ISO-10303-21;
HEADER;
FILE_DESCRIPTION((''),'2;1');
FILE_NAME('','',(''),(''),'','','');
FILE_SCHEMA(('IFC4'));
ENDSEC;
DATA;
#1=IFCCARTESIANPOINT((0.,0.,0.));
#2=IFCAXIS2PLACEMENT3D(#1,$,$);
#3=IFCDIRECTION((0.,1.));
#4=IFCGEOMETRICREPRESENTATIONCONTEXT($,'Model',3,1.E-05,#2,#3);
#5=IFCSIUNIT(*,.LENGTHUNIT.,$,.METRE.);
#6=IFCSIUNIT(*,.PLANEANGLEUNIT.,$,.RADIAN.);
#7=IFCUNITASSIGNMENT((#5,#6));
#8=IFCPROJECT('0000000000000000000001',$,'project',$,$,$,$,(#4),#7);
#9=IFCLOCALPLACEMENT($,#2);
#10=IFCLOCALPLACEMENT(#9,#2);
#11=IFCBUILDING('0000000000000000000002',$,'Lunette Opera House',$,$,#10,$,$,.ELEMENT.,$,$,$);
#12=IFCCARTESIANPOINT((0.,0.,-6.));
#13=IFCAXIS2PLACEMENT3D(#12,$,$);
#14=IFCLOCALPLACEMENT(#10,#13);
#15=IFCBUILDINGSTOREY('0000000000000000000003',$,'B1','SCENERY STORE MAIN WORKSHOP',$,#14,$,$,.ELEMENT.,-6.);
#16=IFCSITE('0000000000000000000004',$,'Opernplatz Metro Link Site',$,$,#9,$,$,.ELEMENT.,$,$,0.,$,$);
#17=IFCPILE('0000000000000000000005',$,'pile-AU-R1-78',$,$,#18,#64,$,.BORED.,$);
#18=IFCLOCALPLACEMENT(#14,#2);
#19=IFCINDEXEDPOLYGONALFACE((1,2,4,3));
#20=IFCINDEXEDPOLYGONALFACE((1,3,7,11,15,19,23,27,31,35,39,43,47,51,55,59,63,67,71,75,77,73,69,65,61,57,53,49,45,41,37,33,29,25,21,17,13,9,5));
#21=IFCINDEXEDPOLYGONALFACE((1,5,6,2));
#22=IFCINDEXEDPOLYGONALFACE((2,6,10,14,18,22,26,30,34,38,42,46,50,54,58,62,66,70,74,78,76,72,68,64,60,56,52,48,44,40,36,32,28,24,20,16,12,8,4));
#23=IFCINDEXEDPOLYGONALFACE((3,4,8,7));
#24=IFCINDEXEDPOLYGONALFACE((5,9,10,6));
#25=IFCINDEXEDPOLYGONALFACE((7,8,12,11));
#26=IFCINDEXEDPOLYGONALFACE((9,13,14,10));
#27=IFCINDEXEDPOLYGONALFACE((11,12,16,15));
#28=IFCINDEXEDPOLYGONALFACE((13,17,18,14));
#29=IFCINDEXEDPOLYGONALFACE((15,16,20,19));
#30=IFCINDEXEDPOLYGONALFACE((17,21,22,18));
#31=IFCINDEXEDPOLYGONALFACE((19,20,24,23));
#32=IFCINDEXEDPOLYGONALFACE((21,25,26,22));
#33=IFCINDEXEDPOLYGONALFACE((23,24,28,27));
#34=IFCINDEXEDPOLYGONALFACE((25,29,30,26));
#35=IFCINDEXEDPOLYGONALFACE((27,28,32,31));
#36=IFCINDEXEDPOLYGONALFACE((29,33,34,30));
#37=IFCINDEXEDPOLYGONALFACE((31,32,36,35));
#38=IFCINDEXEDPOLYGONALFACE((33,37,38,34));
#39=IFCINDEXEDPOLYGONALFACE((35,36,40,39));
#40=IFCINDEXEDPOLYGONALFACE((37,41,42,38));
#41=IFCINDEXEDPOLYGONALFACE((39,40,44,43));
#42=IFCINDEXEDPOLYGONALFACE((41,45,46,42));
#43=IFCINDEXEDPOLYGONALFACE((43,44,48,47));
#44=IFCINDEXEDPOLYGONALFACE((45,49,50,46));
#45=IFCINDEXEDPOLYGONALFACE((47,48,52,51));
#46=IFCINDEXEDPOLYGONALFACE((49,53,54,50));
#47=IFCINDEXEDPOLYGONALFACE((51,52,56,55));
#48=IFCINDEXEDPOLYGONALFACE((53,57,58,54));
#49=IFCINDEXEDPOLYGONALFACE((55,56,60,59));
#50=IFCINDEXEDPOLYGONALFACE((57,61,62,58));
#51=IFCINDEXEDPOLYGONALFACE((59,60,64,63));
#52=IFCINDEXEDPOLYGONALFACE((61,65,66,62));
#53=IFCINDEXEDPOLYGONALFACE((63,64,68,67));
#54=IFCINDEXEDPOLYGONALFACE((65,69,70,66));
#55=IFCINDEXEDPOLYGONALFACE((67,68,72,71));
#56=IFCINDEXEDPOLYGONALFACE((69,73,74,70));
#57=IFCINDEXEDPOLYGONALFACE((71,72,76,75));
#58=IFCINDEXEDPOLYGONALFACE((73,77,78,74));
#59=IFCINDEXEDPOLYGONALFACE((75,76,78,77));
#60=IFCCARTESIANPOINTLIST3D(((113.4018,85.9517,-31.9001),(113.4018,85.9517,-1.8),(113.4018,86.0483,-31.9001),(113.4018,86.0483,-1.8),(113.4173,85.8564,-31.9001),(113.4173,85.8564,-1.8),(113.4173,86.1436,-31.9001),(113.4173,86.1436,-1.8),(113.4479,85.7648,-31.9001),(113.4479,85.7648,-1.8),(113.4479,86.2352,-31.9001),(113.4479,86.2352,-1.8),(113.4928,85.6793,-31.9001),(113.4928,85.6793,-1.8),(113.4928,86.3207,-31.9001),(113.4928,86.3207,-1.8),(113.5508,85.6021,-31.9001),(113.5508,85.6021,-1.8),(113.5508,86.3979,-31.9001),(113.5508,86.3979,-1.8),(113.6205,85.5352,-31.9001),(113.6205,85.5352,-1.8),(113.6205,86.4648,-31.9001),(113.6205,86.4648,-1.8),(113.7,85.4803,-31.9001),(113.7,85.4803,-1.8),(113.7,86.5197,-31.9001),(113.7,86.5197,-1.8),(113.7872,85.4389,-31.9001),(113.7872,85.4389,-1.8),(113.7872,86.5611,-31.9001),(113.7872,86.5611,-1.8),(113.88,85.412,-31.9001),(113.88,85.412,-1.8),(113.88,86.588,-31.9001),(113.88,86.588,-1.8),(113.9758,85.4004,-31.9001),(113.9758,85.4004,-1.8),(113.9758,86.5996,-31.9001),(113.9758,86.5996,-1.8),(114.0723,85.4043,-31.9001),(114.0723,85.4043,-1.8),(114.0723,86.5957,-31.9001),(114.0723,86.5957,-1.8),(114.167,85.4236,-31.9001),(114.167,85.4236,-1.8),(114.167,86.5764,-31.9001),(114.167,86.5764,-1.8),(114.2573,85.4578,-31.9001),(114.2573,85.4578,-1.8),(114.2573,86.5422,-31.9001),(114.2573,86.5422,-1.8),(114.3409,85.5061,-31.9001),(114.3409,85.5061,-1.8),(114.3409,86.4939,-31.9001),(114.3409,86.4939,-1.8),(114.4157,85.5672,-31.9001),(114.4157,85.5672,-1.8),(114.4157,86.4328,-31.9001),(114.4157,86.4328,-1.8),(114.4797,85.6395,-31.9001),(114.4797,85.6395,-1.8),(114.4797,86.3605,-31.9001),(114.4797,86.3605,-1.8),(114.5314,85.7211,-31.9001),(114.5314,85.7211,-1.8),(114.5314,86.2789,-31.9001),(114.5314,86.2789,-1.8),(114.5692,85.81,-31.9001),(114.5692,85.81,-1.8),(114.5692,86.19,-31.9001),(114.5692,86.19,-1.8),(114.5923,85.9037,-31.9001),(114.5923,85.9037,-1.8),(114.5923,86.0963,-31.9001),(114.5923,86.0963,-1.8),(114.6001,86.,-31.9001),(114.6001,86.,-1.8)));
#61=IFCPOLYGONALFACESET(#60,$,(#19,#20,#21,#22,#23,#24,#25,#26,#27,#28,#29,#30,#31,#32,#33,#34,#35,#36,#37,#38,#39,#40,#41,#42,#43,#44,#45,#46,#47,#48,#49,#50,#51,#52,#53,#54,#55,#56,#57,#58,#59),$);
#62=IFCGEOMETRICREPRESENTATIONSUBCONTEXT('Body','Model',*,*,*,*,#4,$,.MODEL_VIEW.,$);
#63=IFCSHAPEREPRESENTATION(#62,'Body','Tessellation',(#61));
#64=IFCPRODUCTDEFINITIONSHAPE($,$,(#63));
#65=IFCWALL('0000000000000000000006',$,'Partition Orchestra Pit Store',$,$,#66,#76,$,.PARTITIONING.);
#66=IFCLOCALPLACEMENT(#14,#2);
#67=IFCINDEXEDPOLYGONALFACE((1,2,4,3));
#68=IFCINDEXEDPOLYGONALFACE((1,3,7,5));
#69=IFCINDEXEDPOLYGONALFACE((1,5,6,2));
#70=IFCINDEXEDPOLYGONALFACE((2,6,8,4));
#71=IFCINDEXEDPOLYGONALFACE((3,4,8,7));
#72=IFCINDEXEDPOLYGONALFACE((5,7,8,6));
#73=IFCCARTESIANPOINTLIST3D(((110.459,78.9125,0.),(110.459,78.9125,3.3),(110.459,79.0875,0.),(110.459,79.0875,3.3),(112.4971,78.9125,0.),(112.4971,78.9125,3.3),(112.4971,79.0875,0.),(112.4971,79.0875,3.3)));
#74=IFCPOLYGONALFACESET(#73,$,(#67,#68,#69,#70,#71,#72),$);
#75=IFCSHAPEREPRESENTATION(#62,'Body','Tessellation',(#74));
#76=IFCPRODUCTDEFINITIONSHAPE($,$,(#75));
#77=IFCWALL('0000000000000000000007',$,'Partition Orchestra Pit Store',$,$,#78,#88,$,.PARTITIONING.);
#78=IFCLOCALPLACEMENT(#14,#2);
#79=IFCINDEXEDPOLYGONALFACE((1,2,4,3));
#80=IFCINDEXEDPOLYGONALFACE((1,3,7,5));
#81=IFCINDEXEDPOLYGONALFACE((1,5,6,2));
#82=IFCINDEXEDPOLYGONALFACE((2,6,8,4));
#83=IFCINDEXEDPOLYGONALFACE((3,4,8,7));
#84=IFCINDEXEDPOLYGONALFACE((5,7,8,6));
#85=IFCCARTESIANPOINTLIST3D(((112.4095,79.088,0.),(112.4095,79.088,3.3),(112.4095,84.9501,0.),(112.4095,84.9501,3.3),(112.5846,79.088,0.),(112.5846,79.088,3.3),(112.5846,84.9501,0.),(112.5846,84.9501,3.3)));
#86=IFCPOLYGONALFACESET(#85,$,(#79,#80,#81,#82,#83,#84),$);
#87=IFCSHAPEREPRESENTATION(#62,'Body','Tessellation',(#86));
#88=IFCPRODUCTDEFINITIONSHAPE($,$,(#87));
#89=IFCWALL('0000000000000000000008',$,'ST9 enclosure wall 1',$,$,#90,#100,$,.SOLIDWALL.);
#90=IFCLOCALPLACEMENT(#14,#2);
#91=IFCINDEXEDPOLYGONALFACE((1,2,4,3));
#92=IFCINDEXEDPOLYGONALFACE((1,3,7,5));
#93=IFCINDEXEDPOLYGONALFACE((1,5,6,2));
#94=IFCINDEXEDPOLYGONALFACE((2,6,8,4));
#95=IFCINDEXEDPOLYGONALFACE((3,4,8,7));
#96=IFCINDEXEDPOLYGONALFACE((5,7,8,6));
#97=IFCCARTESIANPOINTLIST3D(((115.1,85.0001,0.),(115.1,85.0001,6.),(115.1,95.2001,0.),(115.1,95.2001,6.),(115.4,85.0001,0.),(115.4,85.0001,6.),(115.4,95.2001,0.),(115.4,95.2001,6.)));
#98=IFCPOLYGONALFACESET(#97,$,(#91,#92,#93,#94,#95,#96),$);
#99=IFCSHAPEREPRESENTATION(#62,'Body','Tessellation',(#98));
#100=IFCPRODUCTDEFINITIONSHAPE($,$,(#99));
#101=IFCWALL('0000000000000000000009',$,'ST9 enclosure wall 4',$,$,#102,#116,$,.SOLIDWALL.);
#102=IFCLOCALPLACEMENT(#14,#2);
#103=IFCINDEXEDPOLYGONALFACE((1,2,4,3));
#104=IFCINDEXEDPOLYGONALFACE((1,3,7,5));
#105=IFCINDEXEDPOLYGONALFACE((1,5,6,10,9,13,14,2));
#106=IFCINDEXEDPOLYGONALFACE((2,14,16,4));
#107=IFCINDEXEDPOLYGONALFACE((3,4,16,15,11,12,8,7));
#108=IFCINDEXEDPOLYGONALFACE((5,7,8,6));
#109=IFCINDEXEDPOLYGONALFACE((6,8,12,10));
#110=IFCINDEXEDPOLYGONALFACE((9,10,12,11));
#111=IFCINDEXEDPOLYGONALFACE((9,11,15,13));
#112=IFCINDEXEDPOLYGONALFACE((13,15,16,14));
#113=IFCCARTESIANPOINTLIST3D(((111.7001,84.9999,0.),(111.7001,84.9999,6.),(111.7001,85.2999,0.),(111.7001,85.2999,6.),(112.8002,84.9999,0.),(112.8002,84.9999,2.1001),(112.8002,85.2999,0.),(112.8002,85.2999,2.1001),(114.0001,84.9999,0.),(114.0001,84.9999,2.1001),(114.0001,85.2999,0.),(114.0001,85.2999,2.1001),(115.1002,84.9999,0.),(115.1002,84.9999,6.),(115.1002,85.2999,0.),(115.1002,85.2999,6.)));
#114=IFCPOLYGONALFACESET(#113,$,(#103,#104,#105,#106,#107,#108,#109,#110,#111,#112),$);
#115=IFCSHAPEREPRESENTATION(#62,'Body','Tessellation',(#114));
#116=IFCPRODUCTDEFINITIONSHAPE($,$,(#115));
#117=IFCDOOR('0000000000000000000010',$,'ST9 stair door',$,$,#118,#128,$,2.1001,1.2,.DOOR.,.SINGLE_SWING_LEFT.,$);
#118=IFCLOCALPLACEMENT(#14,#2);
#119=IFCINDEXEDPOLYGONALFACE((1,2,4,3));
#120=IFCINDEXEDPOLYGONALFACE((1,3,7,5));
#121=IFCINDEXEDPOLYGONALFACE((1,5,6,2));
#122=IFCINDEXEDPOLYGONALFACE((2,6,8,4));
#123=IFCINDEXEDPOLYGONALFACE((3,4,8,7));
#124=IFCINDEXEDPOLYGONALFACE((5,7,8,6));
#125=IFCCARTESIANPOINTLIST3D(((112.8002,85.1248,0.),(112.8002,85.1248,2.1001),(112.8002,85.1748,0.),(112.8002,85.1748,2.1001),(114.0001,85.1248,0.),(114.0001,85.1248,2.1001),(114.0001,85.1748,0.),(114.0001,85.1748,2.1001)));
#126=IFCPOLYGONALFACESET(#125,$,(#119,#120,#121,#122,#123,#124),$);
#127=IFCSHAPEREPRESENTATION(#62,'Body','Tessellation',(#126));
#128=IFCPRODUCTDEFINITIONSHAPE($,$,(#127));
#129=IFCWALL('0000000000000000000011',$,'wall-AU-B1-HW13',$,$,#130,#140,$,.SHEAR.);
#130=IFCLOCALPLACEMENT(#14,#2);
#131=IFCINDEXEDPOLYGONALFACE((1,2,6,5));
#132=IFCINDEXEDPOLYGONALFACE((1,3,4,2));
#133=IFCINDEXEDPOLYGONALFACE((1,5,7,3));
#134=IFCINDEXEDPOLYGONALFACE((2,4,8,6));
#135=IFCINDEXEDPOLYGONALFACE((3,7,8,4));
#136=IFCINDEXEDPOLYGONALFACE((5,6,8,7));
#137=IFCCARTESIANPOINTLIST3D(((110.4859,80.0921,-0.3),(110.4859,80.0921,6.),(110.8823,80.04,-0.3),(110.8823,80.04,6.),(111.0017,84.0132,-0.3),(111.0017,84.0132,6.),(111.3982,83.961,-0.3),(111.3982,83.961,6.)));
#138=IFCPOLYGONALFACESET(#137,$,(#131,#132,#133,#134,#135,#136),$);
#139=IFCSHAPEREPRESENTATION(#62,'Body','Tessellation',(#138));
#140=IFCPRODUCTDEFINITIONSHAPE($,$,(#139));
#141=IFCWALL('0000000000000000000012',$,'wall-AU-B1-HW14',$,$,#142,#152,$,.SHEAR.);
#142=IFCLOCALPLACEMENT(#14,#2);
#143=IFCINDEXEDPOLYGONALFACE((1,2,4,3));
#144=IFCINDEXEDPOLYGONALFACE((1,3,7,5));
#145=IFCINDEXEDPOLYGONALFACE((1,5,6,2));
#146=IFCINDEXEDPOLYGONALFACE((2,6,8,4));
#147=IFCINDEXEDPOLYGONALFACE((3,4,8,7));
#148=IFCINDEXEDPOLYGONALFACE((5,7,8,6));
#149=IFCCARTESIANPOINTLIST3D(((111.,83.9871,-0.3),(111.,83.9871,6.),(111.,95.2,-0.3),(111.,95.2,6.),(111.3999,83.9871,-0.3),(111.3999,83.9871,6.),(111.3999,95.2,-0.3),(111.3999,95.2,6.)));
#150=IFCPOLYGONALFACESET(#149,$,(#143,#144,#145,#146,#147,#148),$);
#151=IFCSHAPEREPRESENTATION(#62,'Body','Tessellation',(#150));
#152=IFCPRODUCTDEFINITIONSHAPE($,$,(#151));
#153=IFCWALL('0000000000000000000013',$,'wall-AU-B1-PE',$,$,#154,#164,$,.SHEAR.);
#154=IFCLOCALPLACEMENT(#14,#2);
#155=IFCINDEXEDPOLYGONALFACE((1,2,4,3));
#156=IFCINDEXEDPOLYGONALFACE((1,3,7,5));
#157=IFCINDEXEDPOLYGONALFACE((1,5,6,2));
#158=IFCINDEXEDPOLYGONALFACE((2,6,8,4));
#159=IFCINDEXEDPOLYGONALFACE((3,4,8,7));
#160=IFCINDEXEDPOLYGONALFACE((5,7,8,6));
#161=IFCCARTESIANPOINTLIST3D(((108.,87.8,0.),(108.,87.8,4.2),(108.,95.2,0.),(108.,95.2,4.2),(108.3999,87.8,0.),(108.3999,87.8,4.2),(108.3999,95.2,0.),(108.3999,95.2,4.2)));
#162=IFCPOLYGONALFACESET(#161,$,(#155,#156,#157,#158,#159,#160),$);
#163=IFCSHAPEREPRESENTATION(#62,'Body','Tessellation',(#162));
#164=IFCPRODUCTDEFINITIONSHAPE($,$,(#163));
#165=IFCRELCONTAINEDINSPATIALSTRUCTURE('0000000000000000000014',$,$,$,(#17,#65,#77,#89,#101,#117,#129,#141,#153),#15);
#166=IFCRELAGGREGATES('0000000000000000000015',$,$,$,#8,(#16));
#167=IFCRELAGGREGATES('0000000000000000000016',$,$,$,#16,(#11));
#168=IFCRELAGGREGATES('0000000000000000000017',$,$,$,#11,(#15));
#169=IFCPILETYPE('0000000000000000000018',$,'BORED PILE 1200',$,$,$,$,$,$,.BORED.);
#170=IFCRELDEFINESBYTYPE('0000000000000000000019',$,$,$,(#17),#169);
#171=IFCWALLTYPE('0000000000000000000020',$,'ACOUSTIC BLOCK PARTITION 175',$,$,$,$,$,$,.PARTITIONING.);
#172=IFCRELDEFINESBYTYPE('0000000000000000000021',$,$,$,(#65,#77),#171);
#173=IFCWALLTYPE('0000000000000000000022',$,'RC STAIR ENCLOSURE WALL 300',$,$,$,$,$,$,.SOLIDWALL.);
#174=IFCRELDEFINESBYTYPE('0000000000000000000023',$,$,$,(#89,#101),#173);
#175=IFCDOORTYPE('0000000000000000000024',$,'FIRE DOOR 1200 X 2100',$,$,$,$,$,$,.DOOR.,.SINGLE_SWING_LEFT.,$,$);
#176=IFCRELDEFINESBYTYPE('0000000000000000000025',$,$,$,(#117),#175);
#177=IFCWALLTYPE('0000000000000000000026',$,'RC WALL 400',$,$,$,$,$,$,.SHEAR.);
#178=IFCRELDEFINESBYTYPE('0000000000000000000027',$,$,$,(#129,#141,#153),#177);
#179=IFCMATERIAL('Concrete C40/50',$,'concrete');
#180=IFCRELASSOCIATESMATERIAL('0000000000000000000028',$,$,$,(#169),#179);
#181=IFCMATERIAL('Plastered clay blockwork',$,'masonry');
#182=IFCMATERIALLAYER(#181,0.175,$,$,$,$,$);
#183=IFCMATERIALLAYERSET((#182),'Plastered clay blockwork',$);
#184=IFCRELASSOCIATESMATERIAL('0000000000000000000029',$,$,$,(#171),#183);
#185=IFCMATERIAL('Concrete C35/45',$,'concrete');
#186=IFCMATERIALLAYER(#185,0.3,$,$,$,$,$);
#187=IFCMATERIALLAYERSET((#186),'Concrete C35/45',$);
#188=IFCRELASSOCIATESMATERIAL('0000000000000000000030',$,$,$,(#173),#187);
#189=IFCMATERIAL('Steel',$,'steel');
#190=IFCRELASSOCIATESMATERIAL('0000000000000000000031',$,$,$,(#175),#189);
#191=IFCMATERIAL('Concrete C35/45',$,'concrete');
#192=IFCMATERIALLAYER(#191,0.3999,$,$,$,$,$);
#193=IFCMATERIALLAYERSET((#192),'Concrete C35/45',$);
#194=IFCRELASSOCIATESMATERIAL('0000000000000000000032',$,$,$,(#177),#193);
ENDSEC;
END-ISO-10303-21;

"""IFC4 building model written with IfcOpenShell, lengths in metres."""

from ifc_helpers import new_model, si_unit, direction, frame, frame_2d, origin, origin_2d, place, context, subcontext, project, spatial, rectangle, circle, extrude, material, layer, layer_set, material_profile, profile_set, type_object, element, fill, save


model = new_model("IFC4")

# Units and contexts
model_context = context("Model", 3, precision=1e-05, world=origin(), true_north=direction((0.0, 1.0)))
body_context = subcontext(model_context, "Body", "Model", "MODEL_VIEW")
ifc_project = project(units=[si_unit("LENGTHUNIT", "METRE"), si_unit("PLANEANGLEUNIT", "RADIAN")], contexts=[model_context])

# Site, building, storey
site_placement = place(None, origin())
site = spatial("IfcSite", under=ifc_project, at=site_placement, Name="Opernplatz Metro Link Site", CompositionType="ELEMENT", RefElevation=0.0)
building_placement = place(site_placement, origin())
building = spatial("IfcBuilding", under=site, at=building_placement, Name="Lunette Opera House", CompositionType="ELEMENT")
storey_placement = place(building_placement, frame((0.0, 0.0, -6.0)))
storey = spatial("IfcBuildingStorey", under=building, at=storey_placement, Name="B1", Description="SCENERY STORE MAIN WORKSHOP", CompositionType="ELEMENT", Elevation=-6.0)

# Pile
ifc_material_1 = material(Name="Concrete C40/50", Category="concrete")
ifc_material_profile = material_profile(ifc_material_1, circle(Radius=0.6001, at=origin_2d()), Name="BORED PILE 1200")
ifc_profile_set = profile_set([ifc_material_profile], Name="Concrete C40/50")
pile_type = type_object("IfcPileType", Name="BORED PILE 1200", PredefinedType="BORED", material=ifc_profile_set)
for number, where, z_axis, x_axis, name in (
    (1, (114.0, 86.0, -1.8), (0.0, 0.0, -1.0), (1.0, 0.0, 0.0), "pile-AU-R1-78"),
):
    element("IfcPile", number, at=place(storey_placement, frame(where, z_axis=z_axis, x_axis=x_axis)), inside=storey, type_object=pile_type, Name=name, PredefinedType="BORED", context=body_context, shape_type="SweptSolid", body=[
        extrude(circle(Radius=0.6001, at=origin_2d()), origin(), (0.0, 0.0, 1.0), 30.1001),
    ])

# Walls
ifc_material_2 = material(Name="Plastered clay blockwork", Category="masonry")
ifc_layer_1 = layer(ifc_material_2, 0.175)
ifc_layer_set_1 = layer_set([ifc_layer_1], Name="Plastered clay blockwork")
wall_type_1 = type_object("IfcWallType", Name="ACOUSTIC BLOCK PARTITION 175", PredefinedType="PARTITIONING", material=ifc_layer_set_1)
wall_1_placement = place(storey_placement, frame((110.459, 79.0, 0.0), z_axis=(0.0, 0.0, 1.0), x_axis=(1.0, 0.0, 0.0)))
element("IfcWall", 2, at=wall_1_placement, inside=storey, type_object=wall_type_1, Name="Partition Orchestra Pit Store", PredefinedType="PARTITIONING", context=body_context, shape_type="SweptSolid", body=[
    extrude(rectangle(XDim=2.0381, YDim=0.175, at=frame_2d((1.019, 0.0))), origin(), (0.0, 0.0, 1.0), 3.3),
])
wall_2_placement = place(storey_placement, frame((112.4971, 79.0879, 0.0), z_axis=(0.0, 0.0, 1.0), x_axis=(0.0, 1.0, 0.0)))
element("IfcWall", 3, at=wall_2_placement, inside=storey, type_object=wall_type_1, Name="Partition Orchestra Pit Store", PredefinedType="PARTITIONING", context=body_context, shape_type="SweptSolid", body=[
    extrude(rectangle(XDim=5.8621, YDim=0.175, at=frame_2d((2.9312, 0.0))), origin(), (0.0, 0.0, 1.0), 3.3),
])
ifc_material_3 = material(Name="Concrete C35/45", Category="concrete")
ifc_layer_2 = layer(ifc_material_3, 0.3)
ifc_layer_set_2 = layer_set([ifc_layer_2], Name="Concrete C35/45")
wall_type_2 = type_object("IfcWallType", Name="RC STAIR ENCLOSURE WALL 300", PredefinedType="SOLIDWALL", material=ifc_layer_set_2)
wall_3_placement = place(storey_placement, frame((115.25, 85.0, 0.0), z_axis=(0.0, 0.0, 1.0), x_axis=(0.0, 1.0, 0.0)))
element("IfcWall", 4, at=wall_3_placement, inside=storey, type_object=wall_type_2, Name="ST9 enclosure wall 1", PredefinedType="SOLIDWALL", context=body_context, shape_type="SweptSolid", body=[
    extrude(rectangle(XDim=10.2, YDim=0.3, at=frame_2d((5.1001, 0.0))), origin(), (0.0, 0.0, 1.0), 6.0),
])

# Wall, opening, door
wall_4_placement = place(storey_placement, frame((111.7, 85.1499, 0.0), z_axis=(0.0, 0.0, 1.0), x_axis=(1.0, 0.0, 0.0)))
wall_4 = element("IfcWall", 5, at=wall_4_placement, inside=storey, type_object=wall_type_2, Name="ST9 enclosure wall 4", PredefinedType="SOLIDWALL", context=body_context, shape_type="SweptSolid", body=[
    extrude(rectangle(XDim=3.4001, YDim=0.3, at=frame_2d((1.7002, 0.0))), origin(), (0.0, 0.0, 1.0), 6.0),
])
opening_placement = place(wall_4_placement, frame((1.1001, 0.0, 0.0)))
opening = element("IfcOpeningElement", 6, at=opening_placement, cuts=wall_4, PredefinedType="OPENING", context=body_context, shape_type="SweptSolid", body=[
    extrude(rectangle(XDim=1.2, YDim=2.1001, at=frame_2d((0.6001, 1.05))), frame((0.0, 0.1621, 0.0), z_axis=(0.0, -1.0, 0.0), x_axis=(1.0, 0.0, 0.0)), (0.0, 0.0, 1.0), 0.324),
])
ifc_material_4 = material(Name="Steel", Category="steel")
door_type = type_object("IfcDoorType", Name="FIRE DOOR 1200 X 2100", OperationType="SINGLE_SWING_LEFT", PredefinedType="DOOR", material=ifc_material_4)
door_placement = place(opening_placement, origin())
door = element("IfcDoor", 7, at=door_placement, inside=storey, type_object=door_type, Name="ST9 stair door", OperationType="SINGLE_SWING_LEFT", OverallHeight=2.1001, OverallWidth=1.2, PredefinedType="DOOR", context=body_context, shape_type="SweptSolid", body=[
    extrude(rectangle(XDim=1.2, YDim=2.1001, at=frame_2d((0.6001, 1.05))), frame((0.0, 0.0249, 0.0), z_axis=(0.0, -1.0, 0.0), x_axis=(1.0, 0.0, 0.0)), (0.0, 0.0, 1.0), 0.05),
])
fill(opening, door)

# Walls
ifc_material_5 = material(Name="Concrete C35/45", Category="concrete")
ifc_layer_3 = layer(ifc_material_5, 0.3999)
ifc_layer_set_3 = layer_set([ifc_layer_3], Name="Concrete C35/45")
wall_type_3 = type_object("IfcWallType", Name="RC WALL 400", PredefinedType="SHEAR", material=ifc_layer_set_3)
wall_5_placement = place(storey_placement, frame((110.6841, 80.0659, -0.3), z_axis=(0.0, 0.0, 1.0), x_axis=(0.130437, 0.991457, 0.0)))
element("IfcWall", 8, at=wall_5_placement, inside=storey, type_object=wall_type_3, Name="wall-AU-B1-HW13", PredefinedType="SHEAR", context=body_context, shape_type="SweptSolid", body=[
    extrude(rectangle(XDim=3.9548, YDim=0.3999, at=frame_2d((1.9775, 0.0))), origin(), (0.0, 0.0, 1.0), 6.3),
])
wall_6_placement = place(storey_placement, frame((111.2, 83.9871, -0.3), z_axis=(0.0, 0.0, 1.0), x_axis=(0.0, 1.0, 0.0)))
element("IfcWall", 9, at=wall_6_placement, inside=storey, type_object=wall_type_3, Name="wall-AU-B1-HW14", PredefinedType="SHEAR", context=body_context, shape_type="SweptSolid", body=[
    extrude(rectangle(XDim=11.2129, YDim=0.3999, at=frame_2d((5.6064, 0.0))), origin(), (0.0, 0.0, 1.0), 6.3),
])
wall_7_placement = place(storey_placement, frame((108.2, 87.8, 0.0), z_axis=(0.0, 0.0, 1.0), x_axis=(0.0, 1.0, 0.0)))
element("IfcWall", 10, at=wall_7_placement, inside=storey, type_object=wall_type_3, Name="wall-AU-B1-PE", PredefinedType="SHEAR", context=body_context, shape_type="SweptSolid", body=[
    extrude(rectangle(XDim=7.3999, YDim=0.3999, at=frame_2d((3.7, 0.0))), origin(), (0.0, 0.0, 1.0), 4.2),
])

save(model, "model.ifc")
